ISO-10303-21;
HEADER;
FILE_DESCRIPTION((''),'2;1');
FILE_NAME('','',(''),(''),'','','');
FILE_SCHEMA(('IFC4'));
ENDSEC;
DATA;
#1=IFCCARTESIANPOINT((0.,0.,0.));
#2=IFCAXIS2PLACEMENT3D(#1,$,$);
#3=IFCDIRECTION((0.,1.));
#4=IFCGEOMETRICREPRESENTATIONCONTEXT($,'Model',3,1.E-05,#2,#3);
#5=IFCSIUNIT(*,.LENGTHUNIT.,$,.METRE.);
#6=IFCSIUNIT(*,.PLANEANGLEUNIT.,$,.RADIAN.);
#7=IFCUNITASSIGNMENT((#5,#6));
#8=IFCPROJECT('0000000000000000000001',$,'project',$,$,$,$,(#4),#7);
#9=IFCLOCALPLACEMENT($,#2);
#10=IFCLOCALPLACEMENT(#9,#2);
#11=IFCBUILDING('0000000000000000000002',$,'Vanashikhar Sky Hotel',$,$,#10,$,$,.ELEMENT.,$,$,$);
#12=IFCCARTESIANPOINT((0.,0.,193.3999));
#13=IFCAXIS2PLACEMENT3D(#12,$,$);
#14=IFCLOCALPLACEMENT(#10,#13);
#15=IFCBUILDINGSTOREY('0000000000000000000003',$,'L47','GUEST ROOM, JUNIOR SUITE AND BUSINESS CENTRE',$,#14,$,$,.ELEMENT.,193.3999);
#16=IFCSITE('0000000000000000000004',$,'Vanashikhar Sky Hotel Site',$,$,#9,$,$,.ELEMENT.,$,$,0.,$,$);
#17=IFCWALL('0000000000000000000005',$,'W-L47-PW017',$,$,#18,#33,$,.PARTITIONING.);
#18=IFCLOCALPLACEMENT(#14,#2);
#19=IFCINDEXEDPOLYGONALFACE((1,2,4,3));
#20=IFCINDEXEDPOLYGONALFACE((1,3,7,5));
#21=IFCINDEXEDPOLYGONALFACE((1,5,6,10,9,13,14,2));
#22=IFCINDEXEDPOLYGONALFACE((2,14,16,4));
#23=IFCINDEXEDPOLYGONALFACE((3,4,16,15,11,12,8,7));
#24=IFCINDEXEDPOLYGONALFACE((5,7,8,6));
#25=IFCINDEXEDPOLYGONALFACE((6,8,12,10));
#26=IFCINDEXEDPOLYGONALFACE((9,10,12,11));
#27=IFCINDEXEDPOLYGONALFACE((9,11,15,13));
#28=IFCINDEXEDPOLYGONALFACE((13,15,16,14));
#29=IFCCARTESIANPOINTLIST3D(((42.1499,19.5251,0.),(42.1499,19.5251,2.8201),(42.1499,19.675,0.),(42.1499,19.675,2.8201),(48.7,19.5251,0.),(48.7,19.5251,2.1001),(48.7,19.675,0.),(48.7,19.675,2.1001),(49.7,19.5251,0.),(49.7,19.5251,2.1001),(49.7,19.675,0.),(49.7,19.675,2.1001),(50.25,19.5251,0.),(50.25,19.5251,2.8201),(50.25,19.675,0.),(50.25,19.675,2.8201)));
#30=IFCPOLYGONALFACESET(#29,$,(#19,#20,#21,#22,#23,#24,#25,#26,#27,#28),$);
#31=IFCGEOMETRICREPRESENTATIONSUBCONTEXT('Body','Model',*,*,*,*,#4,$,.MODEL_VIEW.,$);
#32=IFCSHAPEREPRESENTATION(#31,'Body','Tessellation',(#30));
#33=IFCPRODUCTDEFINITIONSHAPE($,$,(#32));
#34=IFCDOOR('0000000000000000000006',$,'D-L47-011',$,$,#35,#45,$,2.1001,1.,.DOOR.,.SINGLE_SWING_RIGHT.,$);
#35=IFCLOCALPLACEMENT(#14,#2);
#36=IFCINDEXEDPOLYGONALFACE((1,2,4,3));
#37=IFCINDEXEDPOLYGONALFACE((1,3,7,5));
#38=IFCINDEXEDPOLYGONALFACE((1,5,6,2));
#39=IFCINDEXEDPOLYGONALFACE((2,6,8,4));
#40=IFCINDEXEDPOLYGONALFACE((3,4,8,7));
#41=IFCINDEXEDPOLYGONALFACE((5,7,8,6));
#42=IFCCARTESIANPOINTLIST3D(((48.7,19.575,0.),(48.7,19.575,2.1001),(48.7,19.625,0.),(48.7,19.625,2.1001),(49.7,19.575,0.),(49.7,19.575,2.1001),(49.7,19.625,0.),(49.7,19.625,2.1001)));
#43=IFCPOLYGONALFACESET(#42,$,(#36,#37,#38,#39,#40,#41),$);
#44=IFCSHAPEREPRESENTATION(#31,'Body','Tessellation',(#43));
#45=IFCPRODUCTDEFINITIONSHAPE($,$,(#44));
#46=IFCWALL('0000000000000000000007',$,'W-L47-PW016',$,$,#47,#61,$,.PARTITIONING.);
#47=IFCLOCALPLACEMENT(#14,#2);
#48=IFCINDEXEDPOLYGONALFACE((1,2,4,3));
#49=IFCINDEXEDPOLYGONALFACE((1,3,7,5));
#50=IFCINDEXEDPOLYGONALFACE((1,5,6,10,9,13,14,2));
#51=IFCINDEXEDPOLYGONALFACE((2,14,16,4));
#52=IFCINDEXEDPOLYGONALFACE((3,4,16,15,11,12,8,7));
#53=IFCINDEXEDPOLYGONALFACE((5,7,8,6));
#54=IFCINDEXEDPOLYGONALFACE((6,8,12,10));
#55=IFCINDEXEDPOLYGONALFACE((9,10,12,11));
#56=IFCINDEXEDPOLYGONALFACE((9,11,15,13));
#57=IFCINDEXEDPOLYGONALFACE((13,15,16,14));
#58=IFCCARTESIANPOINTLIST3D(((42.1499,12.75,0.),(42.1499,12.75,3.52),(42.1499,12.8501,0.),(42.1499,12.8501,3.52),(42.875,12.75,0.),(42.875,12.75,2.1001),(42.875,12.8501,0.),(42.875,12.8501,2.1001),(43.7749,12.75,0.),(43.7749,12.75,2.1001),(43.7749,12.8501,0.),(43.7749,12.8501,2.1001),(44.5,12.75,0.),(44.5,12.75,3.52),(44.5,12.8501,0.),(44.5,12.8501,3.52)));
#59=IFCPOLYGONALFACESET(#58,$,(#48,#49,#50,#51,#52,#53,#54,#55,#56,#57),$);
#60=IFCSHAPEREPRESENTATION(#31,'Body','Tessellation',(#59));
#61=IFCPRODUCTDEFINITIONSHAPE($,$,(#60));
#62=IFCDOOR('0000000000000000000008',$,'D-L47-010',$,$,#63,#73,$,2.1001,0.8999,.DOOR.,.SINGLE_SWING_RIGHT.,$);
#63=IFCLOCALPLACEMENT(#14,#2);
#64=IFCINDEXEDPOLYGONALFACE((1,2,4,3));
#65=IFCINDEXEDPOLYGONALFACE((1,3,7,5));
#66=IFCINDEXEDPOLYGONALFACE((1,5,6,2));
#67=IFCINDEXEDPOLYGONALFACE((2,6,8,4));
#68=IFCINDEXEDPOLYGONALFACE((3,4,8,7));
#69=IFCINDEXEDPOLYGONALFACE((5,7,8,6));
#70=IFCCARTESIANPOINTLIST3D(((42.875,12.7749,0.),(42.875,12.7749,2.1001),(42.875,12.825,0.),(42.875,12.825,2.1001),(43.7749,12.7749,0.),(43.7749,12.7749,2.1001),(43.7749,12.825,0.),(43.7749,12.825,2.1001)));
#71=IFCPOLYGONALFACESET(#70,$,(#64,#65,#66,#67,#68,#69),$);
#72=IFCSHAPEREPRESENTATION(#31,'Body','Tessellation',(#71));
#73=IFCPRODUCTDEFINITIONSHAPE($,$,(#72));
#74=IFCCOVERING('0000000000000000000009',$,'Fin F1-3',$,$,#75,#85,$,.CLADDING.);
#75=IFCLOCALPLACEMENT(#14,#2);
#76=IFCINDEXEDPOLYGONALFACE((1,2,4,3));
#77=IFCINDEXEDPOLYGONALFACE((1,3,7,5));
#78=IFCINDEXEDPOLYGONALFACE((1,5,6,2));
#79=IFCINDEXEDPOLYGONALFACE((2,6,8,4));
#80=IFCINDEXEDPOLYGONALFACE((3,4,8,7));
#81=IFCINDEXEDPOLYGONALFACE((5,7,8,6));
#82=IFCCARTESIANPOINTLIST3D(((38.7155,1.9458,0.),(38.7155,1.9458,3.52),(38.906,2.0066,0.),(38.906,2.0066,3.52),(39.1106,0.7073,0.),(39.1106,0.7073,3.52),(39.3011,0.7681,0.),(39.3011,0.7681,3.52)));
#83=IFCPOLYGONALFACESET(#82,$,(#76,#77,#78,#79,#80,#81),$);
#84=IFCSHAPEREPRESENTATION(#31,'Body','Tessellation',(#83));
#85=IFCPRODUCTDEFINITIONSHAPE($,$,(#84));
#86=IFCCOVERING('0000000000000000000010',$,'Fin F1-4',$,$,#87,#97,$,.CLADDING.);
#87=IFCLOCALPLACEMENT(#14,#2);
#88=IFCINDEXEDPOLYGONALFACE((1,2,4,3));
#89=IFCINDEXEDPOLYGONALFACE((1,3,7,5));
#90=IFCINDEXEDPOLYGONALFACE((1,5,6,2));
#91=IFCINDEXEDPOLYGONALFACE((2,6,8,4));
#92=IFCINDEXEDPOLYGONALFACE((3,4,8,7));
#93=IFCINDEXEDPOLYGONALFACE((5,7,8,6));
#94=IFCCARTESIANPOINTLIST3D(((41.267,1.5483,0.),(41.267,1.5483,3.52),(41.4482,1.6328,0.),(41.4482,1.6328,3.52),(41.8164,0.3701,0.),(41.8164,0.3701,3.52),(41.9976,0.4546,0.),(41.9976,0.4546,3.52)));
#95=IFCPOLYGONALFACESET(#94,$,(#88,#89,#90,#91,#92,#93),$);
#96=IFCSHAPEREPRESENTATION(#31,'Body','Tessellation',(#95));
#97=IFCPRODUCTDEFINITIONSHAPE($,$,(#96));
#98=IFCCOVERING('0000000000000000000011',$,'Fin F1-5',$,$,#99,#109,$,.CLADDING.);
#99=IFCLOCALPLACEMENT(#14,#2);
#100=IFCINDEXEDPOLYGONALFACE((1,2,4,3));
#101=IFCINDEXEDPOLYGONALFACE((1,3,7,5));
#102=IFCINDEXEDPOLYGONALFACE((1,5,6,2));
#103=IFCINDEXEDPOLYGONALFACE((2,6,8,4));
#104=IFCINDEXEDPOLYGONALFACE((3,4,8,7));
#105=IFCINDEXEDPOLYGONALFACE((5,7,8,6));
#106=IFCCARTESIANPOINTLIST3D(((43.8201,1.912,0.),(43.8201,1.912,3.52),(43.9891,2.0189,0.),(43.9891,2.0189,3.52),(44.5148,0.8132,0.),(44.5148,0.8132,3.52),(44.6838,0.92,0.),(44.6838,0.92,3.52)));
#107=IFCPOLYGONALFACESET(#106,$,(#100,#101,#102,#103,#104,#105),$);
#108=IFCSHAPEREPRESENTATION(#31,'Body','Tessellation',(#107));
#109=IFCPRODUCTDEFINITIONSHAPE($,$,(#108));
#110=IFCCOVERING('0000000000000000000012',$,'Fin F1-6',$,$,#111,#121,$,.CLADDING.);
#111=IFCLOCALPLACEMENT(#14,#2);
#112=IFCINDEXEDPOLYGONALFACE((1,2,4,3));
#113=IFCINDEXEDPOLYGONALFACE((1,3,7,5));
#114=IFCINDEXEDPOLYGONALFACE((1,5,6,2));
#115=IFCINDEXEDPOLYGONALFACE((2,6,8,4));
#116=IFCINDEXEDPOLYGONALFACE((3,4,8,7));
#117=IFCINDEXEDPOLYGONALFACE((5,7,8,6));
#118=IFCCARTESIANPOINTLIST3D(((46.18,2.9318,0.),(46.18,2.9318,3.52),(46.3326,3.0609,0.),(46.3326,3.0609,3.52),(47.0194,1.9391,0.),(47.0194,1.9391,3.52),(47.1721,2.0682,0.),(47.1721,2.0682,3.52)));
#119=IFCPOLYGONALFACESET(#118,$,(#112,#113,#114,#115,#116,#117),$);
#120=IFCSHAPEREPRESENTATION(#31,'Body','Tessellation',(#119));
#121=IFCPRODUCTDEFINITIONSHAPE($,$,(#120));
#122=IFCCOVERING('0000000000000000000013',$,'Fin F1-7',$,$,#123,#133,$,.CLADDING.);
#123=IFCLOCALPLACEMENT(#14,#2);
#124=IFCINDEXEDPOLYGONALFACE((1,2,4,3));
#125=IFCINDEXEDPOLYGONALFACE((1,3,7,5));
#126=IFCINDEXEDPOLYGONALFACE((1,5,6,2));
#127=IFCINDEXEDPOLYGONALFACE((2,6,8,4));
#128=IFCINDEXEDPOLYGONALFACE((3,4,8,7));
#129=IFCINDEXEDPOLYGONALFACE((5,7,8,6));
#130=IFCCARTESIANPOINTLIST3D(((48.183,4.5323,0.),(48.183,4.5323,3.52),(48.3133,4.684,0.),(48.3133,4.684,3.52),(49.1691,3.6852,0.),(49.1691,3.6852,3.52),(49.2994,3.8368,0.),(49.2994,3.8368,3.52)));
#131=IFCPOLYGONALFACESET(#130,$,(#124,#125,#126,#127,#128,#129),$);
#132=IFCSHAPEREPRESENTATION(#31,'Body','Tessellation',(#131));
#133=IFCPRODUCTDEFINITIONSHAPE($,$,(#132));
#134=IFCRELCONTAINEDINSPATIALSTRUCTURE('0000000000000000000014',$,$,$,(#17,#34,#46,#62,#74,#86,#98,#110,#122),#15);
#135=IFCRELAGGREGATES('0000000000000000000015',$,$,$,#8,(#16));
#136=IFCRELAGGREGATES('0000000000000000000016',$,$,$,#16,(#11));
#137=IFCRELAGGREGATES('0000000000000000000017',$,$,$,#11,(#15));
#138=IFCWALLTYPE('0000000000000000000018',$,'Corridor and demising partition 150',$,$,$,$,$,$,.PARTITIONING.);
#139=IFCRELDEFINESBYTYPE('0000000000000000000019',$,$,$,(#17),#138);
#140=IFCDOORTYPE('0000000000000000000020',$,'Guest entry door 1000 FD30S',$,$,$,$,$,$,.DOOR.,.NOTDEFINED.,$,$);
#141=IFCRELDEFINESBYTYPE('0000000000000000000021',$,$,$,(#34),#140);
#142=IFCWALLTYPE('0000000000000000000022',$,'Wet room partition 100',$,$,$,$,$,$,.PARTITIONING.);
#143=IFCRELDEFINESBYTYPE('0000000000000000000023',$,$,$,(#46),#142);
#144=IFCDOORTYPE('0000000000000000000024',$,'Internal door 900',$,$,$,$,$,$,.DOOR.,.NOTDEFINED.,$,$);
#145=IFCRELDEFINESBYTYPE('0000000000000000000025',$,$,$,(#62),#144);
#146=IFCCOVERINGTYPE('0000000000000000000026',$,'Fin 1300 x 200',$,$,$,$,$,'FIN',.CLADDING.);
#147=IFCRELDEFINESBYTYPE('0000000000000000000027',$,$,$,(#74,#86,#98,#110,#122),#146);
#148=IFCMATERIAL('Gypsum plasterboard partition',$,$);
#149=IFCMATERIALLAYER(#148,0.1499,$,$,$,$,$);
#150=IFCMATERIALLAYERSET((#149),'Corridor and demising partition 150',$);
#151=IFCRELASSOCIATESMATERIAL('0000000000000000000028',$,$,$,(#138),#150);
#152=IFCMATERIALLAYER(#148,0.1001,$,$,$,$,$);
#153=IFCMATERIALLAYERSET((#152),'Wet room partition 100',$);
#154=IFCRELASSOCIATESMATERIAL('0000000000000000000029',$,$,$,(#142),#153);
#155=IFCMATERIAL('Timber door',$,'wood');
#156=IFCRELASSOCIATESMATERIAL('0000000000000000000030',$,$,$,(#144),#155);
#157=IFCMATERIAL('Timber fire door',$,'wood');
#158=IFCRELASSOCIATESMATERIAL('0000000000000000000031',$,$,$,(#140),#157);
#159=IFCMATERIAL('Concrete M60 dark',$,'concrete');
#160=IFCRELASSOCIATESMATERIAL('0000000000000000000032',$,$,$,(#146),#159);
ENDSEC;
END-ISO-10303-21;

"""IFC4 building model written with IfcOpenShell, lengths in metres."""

from ifc_helpers import new_model, si_unit, direction, frame, frame_2d, origin, origin_2d, place, context, subcontext, project, spatial, rectangle, extrude, source, transform, mapped, material, layer, layer_set, material_profile, profile_set, type_object, element, fill, save


model = new_model("IFC4")

# Units and contexts
model_context = context("Model", 3, precision=1e-05, world=origin(), true_north=direction((0.0, 1.0)))
body_context = subcontext(model_context, "Body", "Model", "MODEL_VIEW")
ifc_project = project(units=[si_unit("LENGTHUNIT", "METRE"), si_unit("PLANEANGLEUNIT", "RADIAN")], contexts=[model_context])

# Site, building, storey
site_placement = place(None, origin())
site = spatial("IfcSite", under=ifc_project, at=site_placement, Name="Vanashikhar Sky Hotel Site", CompositionType="ELEMENT", RefElevation=0.0)
building_placement = place(site_placement, origin())
building = spatial("IfcBuilding", under=site, at=building_placement, Name="Vanashikhar Sky Hotel", CompositionType="ELEMENT")
storey_placement = place(building_placement, frame((0.0, 0.0, 193.3999)))
storey = spatial("IfcBuildingStorey", under=building, at=storey_placement, Name="L47", Description="GUEST ROOM, JUNIOR SUITE AND BUSINESS CENTRE", CompositionType="ELEMENT", Elevation=193.3999)

# Shared definitions
ifc_material_1 = material(Name="Gypsum plasterboard partition")
ifc_layer_1 = layer(ifc_material_1, 0.1499)
ifc_layer_set_1 = layer_set([ifc_layer_1], Name="Corridor and demising partition 150")
wall_type_1 = type_object("IfcWallType", Name="Corridor and demising partition 150", PredefinedType="PARTITIONING", material=ifc_layer_set_1)

# Shared definitions
ifc_layer_2 = layer(ifc_material_1, 0.1001)
ifc_layer_set_2 = layer_set([ifc_layer_2], Name="Wet room partition 100")
wall_type_2 = type_object("IfcWallType", Name="Wet room partition 100", PredefinedType="PARTITIONING", material=ifc_layer_set_2)
shared_shape_1 = source(origin(), body_context, "Body", "SweptSolid", [
    extrude(rectangle(XDim=0.8999, YDim=2.1001, at=frame_2d((0.45, 1.05))), frame((0.0, 0.0601, 0.0), z_axis=(0.0, -1.0, 0.0), x_axis=(1.0, 0.0, 0.0)), (0.0, 0.0, 1.0), 0.1201),
])
ifc_material_2 = material(Name="Timber door", Category="wood")
door_type_1 = type_object("IfcDoorType", Name="Internal door 900", OperationType="NOTDEFINED", PredefinedType="DOOR", material=ifc_material_2)
shared_shape_2 = source(origin(), body_context, "Body", "SweptSolid", [
    extrude(rectangle(XDim=0.8999, YDim=2.1001, at=frame_2d((0.45, 1.05))), frame((0.0, 0.0249, 0.0), z_axis=(0.0, -1.0, 0.0), x_axis=(1.0, 0.0, 0.0)), (0.0, 0.0, 1.0), 0.05),
])

# Walls, openings, doors
shared_shape_3 = source(origin(), body_context, "Body", "SweptSolid", [
    extrude(rectangle(XDim=8.1001, YDim=0.1499, at=frame_2d((4.05, 0.0))), origin(), (0.0, 0.0, 1.0), 2.8201),
])
wall_1_placement = place(storey_placement, frame((42.1499, 19.6001, 0.0), z_axis=(0.0, 0.0, 1.0), x_axis=(1.0, 0.0, 0.0)))
wall_1 = element("IfcWall", 1, at=wall_1_placement, inside=storey, type_object=wall_type_1, Name="W-L47-PW017", PredefinedType="PARTITIONING", context=body_context, shape_type="MappedRepresentation", body=[
    mapped(shared_shape_3, transform((0.0, 0.0, 0.0), scale=1.0)),
])
shared_shape_4 = source(origin(), body_context, "Body", "SweptSolid", [
    extrude(rectangle(XDim=1.0, YDim=2.1001, at=frame_2d((0.5, 1.05))), frame((0.0, 0.085, 0.0), z_axis=(0.0, -1.0, 0.0), x_axis=(1.0, 0.0, 0.0)), (0.0, 0.0, 1.0), 0.1699),
])
opening_1_placement = place(wall_1_placement, frame((6.55, 0.0, 0.0)))
opening_1 = element("IfcOpeningElement", 2, at=opening_1_placement, cuts=wall_1, PredefinedType="OPENING", context=body_context, shape_type="MappedRepresentation", body=[
    mapped(shared_shape_4, transform((0.0, 0.0, 0.0), scale=1.0)),
])
ifc_material_3 = material(Name="Timber fire door", Category="wood")
door_type_2 = type_object("IfcDoorType", Name="Guest entry door 1000 FD30S", OperationType="NOTDEFINED", PredefinedType="DOOR", material=ifc_material_3)
shared_shape_5 = source(origin(), body_context, "Body", "SweptSolid", [
    extrude(rectangle(XDim=1.0, YDim=2.1001, at=frame_2d((0.5, 1.05))), frame((0.0, 0.0249, 0.0), z_axis=(0.0, -1.0, 0.0), x_axis=(1.0, 0.0, 0.0)), (0.0, 0.0, 1.0), 0.05),
])
door_1_placement = place(opening_1_placement, origin())
door_1 = element("IfcDoor", 3, at=door_1_placement, inside=storey, type_object=door_type_2, Name="D-L47-011", OperationType="SINGLE_SWING_RIGHT", OverallHeight=2.1001, OverallWidth=1.0, PredefinedType="DOOR", context=body_context, shape_type="MappedRepresentation", body=[
    mapped(shared_shape_5, transform((0.0, 0.0, 0.0), scale=1.0)),
])
fill(opening_1, door_1)
shared_shape_6 = source(origin(), body_context, "Body", "SweptSolid", [
    extrude(rectangle(XDim=2.3501, YDim=0.1001, at=frame_2d((1.175, 0.0))), origin(), (0.0, 0.0, 1.0), 3.52),
])
wall_2_placement = place(storey_placement, frame((42.1499, 12.8, 0.0), z_axis=(0.0, 0.0, 1.0), x_axis=(1.0, 0.0, 0.0)))
wall_2 = element("IfcWall", 4, at=wall_2_placement, inside=storey, type_object=wall_type_2, Name="W-L47-PW016", PredefinedType="PARTITIONING", context=body_context, shape_type="MappedRepresentation", body=[
    mapped(shared_shape_6, transform((0.0, 0.0, 0.0), scale=1.0)),
])
opening_2_placement = place(wall_2_placement, frame((0.7251, 0.0, 0.0)))
opening_2 = element("IfcOpeningElement", 5, at=opening_2_placement, cuts=wall_2, PredefinedType="OPENING", context=body_context, shape_type="MappedRepresentation", body=[
    mapped(shared_shape_1, transform((0.0, 0.0, 0.0), scale=1.0)),
])
door_2_placement = place(opening_2_placement, origin())
door_2 = element("IfcDoor", 6, at=door_2_placement, inside=storey, type_object=door_type_1, Name="D-L47-010", OperationType="SINGLE_SWING_RIGHT", OverallHeight=2.1001, OverallWidth=0.8999, PredefinedType="DOOR", context=body_context, shape_type="MappedRepresentation", body=[
    mapped(shared_shape_2, transform((0.0, 0.0, 0.0), scale=1.0)),
])
fill(opening_2, door_2)

# Coverings
ifc_material_4 = material(Name="Concrete M60 dark", Category="concrete")
ifc_material_profile_1 = material_profile(ifc_material_4, rectangle(XDim=1.3, YDim=0.2, at=origin_2d()))
ifc_profile_set_1 = profile_set([ifc_material_profile_1], Name="Fin 1300 x 200")
covering_type = type_object("IfcCoveringType", Name="Fin 1300 x 200", ElementType="FIN", PredefinedType="CLADDING", material=ifc_profile_set_1)
shared_shape_7 = source(origin(), body_context, "Body", "SweptSolid", [
    extrude(rectangle(XDim=1.3, YDim=0.2, at=origin_2d()), origin(), (0.0, 0.0, 1.0), 3.52),
])
for number, where, z_axis, x_axis, name in (
    (7, (39.0083, 1.3569, 0.0), (0.0, 0.0, 1.0), (0.303967, -0.952683, 0.0), "Fin F1-3"),
    (8, (41.6323, 1.0015, 0.0), (0.0, 0.0, 1.0), (0.422618, -0.906308, 0.0), "Fin F1-4"),
    (9, (44.252, 1.416, 0.0), (0.0, 0.0, 1.0), (0.534411, -0.845225, 0.0), "Fin F1-5"),
    (10, (46.676, 2.5, 0.0), (0.0, 0.0, 1.0), (0.645698, -0.763593, 0.0), "Fin F1-6"),
    (11, (48.7412, 4.1846, 0.0), (0.0, 0.0, 1.0), (0.758544, -0.651622, 0.0), "Fin F1-7"),
):
    element("IfcCovering", number, at=place(storey_placement, frame(where, z_axis=z_axis, x_axis=x_axis)), inside=storey, type_object=covering_type, Name=name, PredefinedType="CLADDING", context=body_context, shape_type="MappedRepresentation", body=[
        mapped(shared_shape_7, transform((0.0, 0.0, 0.0), scale=1.0)),
    ])

save(model, "model.ifc")
